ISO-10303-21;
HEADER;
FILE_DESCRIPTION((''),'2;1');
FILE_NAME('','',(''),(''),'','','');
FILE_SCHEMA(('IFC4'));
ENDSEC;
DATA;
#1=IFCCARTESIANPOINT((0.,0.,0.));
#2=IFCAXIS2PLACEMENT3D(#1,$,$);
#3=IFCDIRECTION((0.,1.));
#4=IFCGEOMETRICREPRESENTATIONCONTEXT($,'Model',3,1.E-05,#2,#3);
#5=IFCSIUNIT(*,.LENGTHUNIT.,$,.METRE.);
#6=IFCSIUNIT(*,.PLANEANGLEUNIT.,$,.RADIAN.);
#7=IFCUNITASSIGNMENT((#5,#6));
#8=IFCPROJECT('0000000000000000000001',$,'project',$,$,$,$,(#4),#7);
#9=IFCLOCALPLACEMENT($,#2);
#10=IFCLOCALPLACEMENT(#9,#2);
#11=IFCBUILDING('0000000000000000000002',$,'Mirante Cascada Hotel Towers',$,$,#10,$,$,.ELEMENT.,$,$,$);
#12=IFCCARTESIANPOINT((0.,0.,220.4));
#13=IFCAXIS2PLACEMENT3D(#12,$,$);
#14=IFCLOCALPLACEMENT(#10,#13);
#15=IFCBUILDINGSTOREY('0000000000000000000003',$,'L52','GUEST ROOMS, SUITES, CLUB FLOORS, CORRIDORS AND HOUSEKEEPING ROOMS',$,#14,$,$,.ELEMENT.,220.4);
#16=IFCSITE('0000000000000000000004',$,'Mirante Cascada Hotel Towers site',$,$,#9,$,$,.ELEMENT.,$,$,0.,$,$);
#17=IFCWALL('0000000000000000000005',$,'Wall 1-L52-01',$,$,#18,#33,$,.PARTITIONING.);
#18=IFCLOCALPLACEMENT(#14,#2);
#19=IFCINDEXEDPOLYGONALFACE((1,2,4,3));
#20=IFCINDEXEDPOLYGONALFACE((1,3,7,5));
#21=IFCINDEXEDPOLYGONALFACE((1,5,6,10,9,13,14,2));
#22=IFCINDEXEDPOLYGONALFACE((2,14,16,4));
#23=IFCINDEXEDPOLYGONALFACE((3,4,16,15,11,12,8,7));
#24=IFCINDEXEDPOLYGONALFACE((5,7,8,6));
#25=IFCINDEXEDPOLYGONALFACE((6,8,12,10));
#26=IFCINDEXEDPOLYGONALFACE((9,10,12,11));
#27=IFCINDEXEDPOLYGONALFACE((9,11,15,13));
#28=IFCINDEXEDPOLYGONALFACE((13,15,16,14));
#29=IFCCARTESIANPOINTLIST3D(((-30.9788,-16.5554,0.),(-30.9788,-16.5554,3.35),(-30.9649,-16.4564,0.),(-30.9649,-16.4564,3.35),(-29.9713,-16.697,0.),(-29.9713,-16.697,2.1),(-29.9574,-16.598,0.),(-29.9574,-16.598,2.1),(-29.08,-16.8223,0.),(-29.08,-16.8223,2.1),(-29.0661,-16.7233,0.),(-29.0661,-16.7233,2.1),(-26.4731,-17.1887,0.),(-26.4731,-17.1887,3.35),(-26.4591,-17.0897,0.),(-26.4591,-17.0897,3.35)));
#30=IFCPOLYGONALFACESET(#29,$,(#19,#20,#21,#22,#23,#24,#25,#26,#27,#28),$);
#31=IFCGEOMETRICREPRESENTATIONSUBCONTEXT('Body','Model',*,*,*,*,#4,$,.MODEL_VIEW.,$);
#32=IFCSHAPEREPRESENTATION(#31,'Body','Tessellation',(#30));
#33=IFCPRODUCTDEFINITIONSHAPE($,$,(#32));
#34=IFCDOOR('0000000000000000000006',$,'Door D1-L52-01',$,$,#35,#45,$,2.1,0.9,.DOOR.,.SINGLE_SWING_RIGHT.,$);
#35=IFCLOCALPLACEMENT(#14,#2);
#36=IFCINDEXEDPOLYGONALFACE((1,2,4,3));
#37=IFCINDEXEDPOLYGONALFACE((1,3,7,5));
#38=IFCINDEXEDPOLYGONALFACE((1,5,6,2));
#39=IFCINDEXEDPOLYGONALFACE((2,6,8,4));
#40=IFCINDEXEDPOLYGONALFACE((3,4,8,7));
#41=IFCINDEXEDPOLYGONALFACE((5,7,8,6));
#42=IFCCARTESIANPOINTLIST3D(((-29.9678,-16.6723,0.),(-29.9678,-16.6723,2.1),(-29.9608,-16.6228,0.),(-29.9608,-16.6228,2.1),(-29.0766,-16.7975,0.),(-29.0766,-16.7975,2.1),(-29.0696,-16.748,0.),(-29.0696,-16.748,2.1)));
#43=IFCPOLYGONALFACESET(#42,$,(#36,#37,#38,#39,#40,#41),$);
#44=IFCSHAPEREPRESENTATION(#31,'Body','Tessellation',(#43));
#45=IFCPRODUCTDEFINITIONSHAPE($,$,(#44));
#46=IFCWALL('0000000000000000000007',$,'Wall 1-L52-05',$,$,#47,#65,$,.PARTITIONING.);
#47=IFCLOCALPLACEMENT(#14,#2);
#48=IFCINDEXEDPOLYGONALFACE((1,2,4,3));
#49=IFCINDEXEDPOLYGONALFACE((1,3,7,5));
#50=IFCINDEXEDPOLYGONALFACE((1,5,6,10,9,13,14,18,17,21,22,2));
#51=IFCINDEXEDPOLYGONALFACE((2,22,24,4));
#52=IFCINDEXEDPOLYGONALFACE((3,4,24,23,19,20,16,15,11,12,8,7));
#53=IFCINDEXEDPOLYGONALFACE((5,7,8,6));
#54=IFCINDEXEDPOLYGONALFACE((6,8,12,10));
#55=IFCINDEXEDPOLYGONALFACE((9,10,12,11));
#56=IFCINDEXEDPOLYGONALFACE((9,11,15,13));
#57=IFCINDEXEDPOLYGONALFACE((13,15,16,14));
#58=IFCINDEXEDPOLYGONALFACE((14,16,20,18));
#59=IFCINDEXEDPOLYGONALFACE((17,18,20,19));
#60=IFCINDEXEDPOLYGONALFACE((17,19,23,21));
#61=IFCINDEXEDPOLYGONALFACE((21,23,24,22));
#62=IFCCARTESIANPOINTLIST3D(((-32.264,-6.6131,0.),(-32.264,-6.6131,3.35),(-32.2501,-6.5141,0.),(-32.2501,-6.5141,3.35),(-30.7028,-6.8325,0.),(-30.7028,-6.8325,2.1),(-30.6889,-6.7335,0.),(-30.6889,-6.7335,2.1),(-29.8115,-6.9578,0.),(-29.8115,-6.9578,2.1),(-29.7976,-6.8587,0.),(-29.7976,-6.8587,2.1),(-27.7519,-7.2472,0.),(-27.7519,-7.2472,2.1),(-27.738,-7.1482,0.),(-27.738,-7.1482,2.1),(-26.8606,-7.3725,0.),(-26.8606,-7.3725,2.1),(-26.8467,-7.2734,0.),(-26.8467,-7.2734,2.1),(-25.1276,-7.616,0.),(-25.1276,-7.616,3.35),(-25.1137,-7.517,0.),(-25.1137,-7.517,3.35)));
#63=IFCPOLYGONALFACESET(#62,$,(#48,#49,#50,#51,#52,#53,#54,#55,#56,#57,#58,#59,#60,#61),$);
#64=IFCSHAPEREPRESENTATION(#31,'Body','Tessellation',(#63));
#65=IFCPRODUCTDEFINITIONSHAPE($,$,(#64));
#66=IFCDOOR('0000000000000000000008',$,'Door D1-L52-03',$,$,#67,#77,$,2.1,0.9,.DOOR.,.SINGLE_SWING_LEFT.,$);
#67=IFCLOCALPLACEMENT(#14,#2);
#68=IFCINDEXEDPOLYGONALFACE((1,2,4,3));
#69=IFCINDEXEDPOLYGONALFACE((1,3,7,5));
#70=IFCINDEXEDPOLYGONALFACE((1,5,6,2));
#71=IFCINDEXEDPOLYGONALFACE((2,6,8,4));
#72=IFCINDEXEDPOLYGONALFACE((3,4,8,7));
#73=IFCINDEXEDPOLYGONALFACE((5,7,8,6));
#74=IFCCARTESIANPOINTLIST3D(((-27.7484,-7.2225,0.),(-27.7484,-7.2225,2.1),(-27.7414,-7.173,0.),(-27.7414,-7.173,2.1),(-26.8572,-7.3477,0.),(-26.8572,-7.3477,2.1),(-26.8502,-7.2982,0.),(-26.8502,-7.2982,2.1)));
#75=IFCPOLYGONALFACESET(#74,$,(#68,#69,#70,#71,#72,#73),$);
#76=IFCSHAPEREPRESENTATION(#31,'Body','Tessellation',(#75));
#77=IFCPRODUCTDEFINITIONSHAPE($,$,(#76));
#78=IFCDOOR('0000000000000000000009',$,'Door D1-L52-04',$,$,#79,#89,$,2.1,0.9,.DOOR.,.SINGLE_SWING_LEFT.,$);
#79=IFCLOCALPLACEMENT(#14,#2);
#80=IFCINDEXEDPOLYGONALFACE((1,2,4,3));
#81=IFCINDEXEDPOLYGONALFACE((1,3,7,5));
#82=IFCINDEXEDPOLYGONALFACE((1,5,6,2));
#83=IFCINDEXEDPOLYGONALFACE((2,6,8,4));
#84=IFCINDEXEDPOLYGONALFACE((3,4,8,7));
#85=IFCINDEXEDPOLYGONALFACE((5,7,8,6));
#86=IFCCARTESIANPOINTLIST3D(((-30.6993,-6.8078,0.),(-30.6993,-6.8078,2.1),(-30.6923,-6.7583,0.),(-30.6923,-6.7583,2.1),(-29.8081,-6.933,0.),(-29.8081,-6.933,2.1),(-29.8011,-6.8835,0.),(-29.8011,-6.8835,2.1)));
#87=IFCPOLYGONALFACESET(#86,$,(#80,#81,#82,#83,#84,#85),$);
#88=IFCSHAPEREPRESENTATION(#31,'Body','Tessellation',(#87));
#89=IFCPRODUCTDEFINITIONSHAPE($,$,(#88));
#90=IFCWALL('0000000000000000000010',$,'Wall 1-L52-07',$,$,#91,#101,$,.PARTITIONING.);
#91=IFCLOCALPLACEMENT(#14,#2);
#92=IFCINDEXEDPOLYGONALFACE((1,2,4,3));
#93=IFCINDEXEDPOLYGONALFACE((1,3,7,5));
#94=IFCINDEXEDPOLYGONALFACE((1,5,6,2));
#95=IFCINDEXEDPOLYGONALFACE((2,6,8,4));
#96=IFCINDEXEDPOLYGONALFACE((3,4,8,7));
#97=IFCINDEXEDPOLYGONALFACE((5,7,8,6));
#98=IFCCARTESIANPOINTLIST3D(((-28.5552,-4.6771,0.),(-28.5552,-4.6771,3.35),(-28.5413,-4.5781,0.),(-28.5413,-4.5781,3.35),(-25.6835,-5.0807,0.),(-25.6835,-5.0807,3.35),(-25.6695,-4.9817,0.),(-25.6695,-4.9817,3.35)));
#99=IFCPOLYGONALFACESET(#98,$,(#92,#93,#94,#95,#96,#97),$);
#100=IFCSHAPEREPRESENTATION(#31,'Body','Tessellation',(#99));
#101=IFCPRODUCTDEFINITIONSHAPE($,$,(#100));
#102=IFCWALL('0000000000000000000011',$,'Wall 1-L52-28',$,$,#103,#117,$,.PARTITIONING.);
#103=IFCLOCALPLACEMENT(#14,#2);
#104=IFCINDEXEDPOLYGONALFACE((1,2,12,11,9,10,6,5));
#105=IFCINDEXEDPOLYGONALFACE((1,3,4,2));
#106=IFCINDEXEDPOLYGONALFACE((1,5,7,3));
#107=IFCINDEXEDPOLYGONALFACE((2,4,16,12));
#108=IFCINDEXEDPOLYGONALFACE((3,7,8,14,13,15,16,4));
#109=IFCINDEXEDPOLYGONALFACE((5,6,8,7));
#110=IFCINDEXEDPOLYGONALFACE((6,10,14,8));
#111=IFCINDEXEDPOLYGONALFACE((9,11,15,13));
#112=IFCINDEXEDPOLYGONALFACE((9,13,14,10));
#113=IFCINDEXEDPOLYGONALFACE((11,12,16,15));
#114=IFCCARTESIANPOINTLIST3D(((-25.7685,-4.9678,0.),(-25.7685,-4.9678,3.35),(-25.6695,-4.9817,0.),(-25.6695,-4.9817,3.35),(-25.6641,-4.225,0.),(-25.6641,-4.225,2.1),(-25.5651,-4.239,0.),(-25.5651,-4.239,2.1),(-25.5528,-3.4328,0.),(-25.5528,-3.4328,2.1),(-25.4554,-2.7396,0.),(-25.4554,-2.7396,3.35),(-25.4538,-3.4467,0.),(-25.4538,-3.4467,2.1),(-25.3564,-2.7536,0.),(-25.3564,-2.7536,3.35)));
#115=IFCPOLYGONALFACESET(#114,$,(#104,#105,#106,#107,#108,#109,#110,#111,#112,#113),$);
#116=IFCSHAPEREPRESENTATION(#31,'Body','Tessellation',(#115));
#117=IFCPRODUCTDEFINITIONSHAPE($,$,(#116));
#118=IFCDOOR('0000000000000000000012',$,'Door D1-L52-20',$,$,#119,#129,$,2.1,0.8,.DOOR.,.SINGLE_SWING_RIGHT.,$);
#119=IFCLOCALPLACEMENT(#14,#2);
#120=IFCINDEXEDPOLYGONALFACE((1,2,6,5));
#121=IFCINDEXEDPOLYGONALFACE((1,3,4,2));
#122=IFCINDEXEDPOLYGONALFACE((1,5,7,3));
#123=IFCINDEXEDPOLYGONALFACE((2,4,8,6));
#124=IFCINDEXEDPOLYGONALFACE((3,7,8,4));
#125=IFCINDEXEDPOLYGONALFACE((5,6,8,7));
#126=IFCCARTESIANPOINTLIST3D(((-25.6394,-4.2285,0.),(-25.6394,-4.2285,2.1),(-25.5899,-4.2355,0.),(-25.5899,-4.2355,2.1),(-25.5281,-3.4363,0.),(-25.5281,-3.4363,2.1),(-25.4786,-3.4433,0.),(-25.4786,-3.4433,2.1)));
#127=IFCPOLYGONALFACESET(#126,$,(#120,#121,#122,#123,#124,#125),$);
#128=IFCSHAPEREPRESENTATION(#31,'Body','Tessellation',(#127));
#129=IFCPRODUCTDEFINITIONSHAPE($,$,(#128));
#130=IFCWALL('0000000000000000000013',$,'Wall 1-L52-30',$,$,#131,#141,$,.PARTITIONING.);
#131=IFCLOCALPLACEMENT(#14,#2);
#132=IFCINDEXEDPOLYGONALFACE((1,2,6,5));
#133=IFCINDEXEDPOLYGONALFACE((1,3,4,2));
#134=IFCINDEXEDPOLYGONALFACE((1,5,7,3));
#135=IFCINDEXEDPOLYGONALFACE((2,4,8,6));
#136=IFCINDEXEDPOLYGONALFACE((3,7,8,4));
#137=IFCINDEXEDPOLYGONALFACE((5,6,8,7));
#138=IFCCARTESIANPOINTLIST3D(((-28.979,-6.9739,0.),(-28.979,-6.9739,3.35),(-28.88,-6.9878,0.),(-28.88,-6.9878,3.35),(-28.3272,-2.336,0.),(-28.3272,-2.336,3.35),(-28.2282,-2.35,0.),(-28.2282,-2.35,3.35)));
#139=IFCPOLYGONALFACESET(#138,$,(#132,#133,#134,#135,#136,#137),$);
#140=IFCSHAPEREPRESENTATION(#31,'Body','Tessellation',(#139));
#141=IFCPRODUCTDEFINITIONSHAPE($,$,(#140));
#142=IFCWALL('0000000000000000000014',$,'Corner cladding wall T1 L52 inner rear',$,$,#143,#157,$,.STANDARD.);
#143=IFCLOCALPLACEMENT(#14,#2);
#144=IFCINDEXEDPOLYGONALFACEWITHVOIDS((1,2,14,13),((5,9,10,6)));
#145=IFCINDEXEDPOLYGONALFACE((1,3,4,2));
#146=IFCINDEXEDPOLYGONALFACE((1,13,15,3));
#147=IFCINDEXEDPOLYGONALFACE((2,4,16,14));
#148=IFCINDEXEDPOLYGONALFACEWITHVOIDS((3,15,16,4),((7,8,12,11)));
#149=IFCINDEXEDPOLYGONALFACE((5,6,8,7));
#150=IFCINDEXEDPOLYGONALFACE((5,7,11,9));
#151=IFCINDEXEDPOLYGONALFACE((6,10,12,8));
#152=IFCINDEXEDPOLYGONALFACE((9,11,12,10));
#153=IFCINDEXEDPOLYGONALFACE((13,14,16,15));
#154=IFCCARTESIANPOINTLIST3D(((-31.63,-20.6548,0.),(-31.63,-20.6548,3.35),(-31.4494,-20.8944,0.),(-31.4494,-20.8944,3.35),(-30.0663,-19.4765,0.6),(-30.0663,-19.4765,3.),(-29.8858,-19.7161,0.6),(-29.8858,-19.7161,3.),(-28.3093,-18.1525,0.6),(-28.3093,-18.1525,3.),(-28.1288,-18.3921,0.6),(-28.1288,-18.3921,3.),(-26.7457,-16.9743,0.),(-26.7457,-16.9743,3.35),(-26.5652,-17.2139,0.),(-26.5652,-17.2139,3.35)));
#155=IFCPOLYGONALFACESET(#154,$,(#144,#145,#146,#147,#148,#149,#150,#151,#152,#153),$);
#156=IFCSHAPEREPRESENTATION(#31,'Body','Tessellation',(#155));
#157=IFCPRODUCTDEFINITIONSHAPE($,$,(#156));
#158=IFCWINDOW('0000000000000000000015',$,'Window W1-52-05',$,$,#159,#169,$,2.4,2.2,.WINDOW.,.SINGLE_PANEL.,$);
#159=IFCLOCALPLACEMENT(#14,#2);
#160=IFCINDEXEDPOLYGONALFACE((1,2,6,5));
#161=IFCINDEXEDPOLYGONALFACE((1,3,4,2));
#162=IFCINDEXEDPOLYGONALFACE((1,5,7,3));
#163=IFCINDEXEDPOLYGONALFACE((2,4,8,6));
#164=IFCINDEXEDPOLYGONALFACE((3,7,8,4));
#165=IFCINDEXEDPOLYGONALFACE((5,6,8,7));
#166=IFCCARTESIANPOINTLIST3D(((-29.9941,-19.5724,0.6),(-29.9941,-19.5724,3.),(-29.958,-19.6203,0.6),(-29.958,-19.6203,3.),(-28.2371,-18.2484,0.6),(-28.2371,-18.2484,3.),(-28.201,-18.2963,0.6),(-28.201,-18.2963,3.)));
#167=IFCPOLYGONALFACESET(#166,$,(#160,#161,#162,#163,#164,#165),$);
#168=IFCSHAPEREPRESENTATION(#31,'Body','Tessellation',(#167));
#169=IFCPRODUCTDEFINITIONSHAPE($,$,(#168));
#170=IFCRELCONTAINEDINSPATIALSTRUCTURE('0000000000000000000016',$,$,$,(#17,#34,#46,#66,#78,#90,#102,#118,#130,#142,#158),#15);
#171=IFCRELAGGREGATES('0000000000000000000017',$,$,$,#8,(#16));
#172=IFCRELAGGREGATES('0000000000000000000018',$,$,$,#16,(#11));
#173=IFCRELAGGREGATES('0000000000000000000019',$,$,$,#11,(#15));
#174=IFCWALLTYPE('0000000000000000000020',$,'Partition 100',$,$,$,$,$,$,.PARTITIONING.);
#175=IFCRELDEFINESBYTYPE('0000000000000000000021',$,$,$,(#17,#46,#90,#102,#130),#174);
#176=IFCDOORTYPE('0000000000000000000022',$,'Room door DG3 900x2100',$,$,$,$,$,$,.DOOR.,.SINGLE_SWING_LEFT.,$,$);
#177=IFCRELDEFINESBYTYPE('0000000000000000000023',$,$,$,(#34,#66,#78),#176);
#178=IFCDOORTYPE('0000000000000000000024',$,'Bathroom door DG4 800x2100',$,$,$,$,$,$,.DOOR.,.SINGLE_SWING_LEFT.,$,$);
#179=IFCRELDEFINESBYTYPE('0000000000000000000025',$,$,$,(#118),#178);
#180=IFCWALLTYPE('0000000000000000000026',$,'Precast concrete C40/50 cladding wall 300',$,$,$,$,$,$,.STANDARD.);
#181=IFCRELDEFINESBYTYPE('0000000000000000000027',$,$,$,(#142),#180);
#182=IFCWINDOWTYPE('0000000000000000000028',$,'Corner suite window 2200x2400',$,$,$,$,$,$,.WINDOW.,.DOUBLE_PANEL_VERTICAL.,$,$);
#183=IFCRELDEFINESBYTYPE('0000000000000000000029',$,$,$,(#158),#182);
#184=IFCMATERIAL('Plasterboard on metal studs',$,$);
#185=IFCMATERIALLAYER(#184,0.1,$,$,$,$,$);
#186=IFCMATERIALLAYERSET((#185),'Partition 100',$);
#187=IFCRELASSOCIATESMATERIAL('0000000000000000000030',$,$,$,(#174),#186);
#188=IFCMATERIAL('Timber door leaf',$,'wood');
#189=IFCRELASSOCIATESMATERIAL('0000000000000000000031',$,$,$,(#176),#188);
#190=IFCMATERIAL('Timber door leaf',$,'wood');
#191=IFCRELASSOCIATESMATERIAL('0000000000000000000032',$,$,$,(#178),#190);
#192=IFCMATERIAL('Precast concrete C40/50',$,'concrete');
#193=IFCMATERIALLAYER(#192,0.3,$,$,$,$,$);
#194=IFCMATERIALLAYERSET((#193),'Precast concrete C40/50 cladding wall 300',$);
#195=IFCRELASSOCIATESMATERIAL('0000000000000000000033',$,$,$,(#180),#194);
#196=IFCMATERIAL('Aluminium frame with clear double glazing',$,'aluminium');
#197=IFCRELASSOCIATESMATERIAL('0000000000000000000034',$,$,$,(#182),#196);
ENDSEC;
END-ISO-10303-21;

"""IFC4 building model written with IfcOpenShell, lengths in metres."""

from ifc_helpers import new_model, si_unit, direction, frame, frame_2d, origin, place, context, subcontext, project, spatial, rectangle, extrude, material, layer, layer_set, type_object, element, fill, save


model = new_model("IFC4")

# Units and contexts
model_context = context("Model", 3, precision=1e-05, world=origin(), true_north=direction((0.0, 1.0)))
body_context = subcontext(model_context, "Body", "Model", "MODEL_VIEW")
ifc_project = project(units=[si_unit("LENGTHUNIT", "METRE"), si_unit("PLANEANGLEUNIT", "RADIAN")], contexts=[model_context])

# Site, building, storey
site_placement = place(None, origin())
site = spatial("IfcSite", under=ifc_project, at=site_placement, Name="Mirante Cascada Hotel Towers site", CompositionType="ELEMENT", RefElevation=0.0)
building_placement = place(site_placement, origin())
building = spatial("IfcBuilding", under=site, at=building_placement, Name="Mirante Cascada Hotel Towers", CompositionType="ELEMENT")
storey_placement = place(building_placement, frame((0.0, 0.0, 220.4)))
storey = spatial("IfcBuildingStorey", under=building, at=storey_placement, Name="L52", Description="GUEST ROOMS, SUITES, CLUB FLOORS, CORRIDORS AND HOUSEKEEPING ROOMS", CompositionType="ELEMENT", Elevation=220.4)

# Wall, opening, door
ifc_material_1 = material(Name="Plasterboard on metal studs")
ifc_layer_1 = layer(ifc_material_1, 0.1)
ifc_layer_set_1 = layer_set([ifc_layer_1], Name="Partition 100")
wall_type_1 = type_object("IfcWallType", Name="Partition 100", PredefinedType="PARTITIONING", material=ifc_layer_set_1)
wall_1_placement = place(storey_placement, frame((-26.4661, -17.1392, 0.0), z_axis=(0.0, 0.0, 1.0), x_axis=(-0.990266, 0.139187, 0.0)))
wall_1 = element("IfcWall", 1, at=wall_1_placement, inside=storey, type_object=wall_type_1, Name="Wall 1-L52-01", PredefinedType="PARTITIONING", context=body_context, shape_type="SweptSolid", body=[
    extrude(rectangle(XDim=4.55, YDim=0.1, at=frame_2d((2.275, 0.0))), origin(), (0.0, 0.0, 1.0), 3.35),
])
opening_1_placement = place(wall_1_placement, frame((2.6326, 0.0, 0.0)))
opening_1 = element("IfcOpeningElement", 2, at=opening_1_placement, cuts=wall_1, PredefinedType="OPENING", context=body_context, shape_type="SweptSolid", body=[
    extrude(rectangle(XDim=0.9, YDim=2.1, at=frame_2d((0.45, 1.05))), frame((0.0, 0.05, 0.0), z_axis=(0.0, -1.0, 0.0), x_axis=(1.0, 0.0, 0.0)), (0.0, 0.0, 1.0), 0.1),
])
ifc_material_2 = material(Name="Timber door leaf", Category="wood")
door_type_1 = type_object("IfcDoorType", Name="Room door DG3 900x2100", OperationType="SINGLE_SWING_LEFT", PredefinedType="DOOR", material=ifc_material_2)
door_1_placement = place(opening_1_placement, frame((0.9, 0.0, 0.0), z_axis=(0.0, 0.0, 1.0), x_axis=(-1.0, 0.0, 0.0)))
door_1 = element("IfcDoor", 3, at=door_1_placement, inside=storey, type_object=door_type_1, Name="Door D1-L52-01", OperationType="SINGLE_SWING_RIGHT", OverallHeight=2.1, OverallWidth=0.9, PredefinedType="DOOR", context=body_context, shape_type="SweptSolid", body=[
    extrude(rectangle(XDim=0.9, YDim=2.1, at=frame_2d((0.45, 1.05))), frame((0.0, 0.025, 0.0), z_axis=(0.0, -1.0, 0.0), x_axis=(1.0, 0.0, 0.0)), (0.0, 0.0, 1.0), 0.05),
])
fill(opening_1, door_1)

# Wall, openings, doors
wall_2_placement = place(storey_placement, frame((-25.1207, -7.5665, 0.0), z_axis=(0.0, 0.0, 1.0), x_axis=(-0.990269, 0.139165, 0.0)))
wall_2 = element("IfcWall", 4, at=wall_2_placement, inside=storey, type_object=wall_type_1, Name="Wall 1-L52-05", PredefinedType="PARTITIONING", context=body_context, shape_type="SweptSolid", body=[
    extrude(rectangle(XDim=7.2065, YDim=0.1, at=frame_2d((3.6032, 0.0))), origin(), (0.0, 0.0, 1.0), 3.35),
])
opening_2_placement = place(wall_2_placement, frame((1.75, 0.0, 0.0)))
opening_2 = element("IfcOpeningElement", 5, at=opening_2_placement, cuts=wall_2, PredefinedType="OPENING", context=body_context, shape_type="SweptSolid", body=[
    extrude(rectangle(XDim=0.9, YDim=2.1, at=frame_2d((0.45, 1.05))), frame((0.0, 0.05, 0.0), z_axis=(0.0, -1.0, 0.0), x_axis=(1.0, 0.0, 0.0)), (0.0, 0.0, 1.0), 0.1),
])
opening_3_placement = place(wall_2_placement, frame((4.7299, 0.0, 0.0)))
opening_3 = element("IfcOpeningElement", 6, at=opening_3_placement, cuts=wall_2, PredefinedType="OPENING", context=body_context, shape_type="SweptSolid", body=[
    extrude(rectangle(XDim=0.9, YDim=2.1, at=frame_2d((0.45, 1.05))), frame((0.0, 0.05, 0.0), z_axis=(0.0, -1.0, 0.0), x_axis=(1.0, 0.0, 0.0)), (0.0, 0.0, 1.0), 0.1),
])
door_2_placement = place(opening_2_placement, origin())
door_2 = element("IfcDoor", 7, at=door_2_placement, inside=storey, type_object=door_type_1, Name="Door D1-L52-03", OperationType="SINGLE_SWING_LEFT", OverallHeight=2.1, OverallWidth=0.9, PredefinedType="DOOR", context=body_context, shape_type="SweptSolid", body=[
    extrude(rectangle(XDim=0.9, YDim=2.1, at=frame_2d((0.45, 1.05))), frame((0.0, 0.025, 0.0), z_axis=(0.0, -1.0, 0.0), x_axis=(1.0, 0.0, 0.0)), (0.0, 0.0, 1.0), 0.05),
])
fill(opening_2, door_2)
door_3_placement = place(opening_3_placement, origin())
door_3 = element("IfcDoor", 8, at=door_3_placement, inside=storey, type_object=door_type_1, Name="Door D1-L52-04", OperationType="SINGLE_SWING_LEFT", OverallHeight=2.1, OverallWidth=0.9, PredefinedType="DOOR", context=body_context, shape_type="SweptSolid", body=[
    extrude(rectangle(XDim=0.9, YDim=2.1, at=frame_2d((0.45, 1.05))), frame((0.0, 0.025, 0.0), z_axis=(0.0, -1.0, 0.0), x_axis=(1.0, 0.0, 0.0)), (0.0, 0.0, 1.0), 0.05),
])
fill(opening_3, door_3)

# Wall
wall_3_placement = place(storey_placement, frame((-25.6765, -5.0312, 0.0), z_axis=(0.0, 0.0, 1.0), x_axis=(-0.990268, 0.139171, 0.0)))
element("IfcWall", 9, at=wall_3_placement, inside=storey, type_object=wall_type_1, Name="Wall 1-L52-07", PredefinedType="PARTITIONING", context=body_context, shape_type="SweptSolid", body=[
    extrude(rectangle(XDim=2.9, YDim=0.1, at=frame_2d((1.45, 0.0))), origin(), (0.0, 0.0, 1.0), 3.35),
])

# Wall, opening, door
wall_4_placement = place(storey_placement, frame((-25.4059, -2.7466, 0.0), z_axis=(0.0, 0.0, 1.0), x_axis=(-0.139156, -0.990271, 0.0)))
wall_4 = element("IfcWall", 10, at=wall_4_placement, inside=storey, type_object=wall_type_1, Name="Wall 1-L52-28", PredefinedType="PARTITIONING", context=body_context, shape_type="SweptSolid", body=[
    extrude(rectangle(XDim=2.25, YDim=0.1, at=frame_2d((1.125, 0.0))), origin(), (0.0, 0.0, 1.0), 3.35),
])
opening_4_placement = place(wall_4_placement, frame((0.7, 0.0, 0.0)))
opening_4 = element("IfcOpeningElement", 11, at=opening_4_placement, cuts=wall_4, PredefinedType="OPENING", context=body_context, shape_type="SweptSolid", body=[
    extrude(rectangle(XDim=0.8, YDim=2.1, at=frame_2d((0.4, 1.05))), frame((0.0, 0.05, 0.0), z_axis=(0.0, -1.0, 0.0), x_axis=(1.0, 0.0, 0.0)), (0.0, 0.0, 1.0), 0.1),
])
ifc_material_3 = material(Name="Timber door leaf", Category="wood")
door_type_2 = type_object("IfcDoorType", Name="Bathroom door DG4 800x2100", OperationType="SINGLE_SWING_LEFT", PredefinedType="DOOR", material=ifc_material_3)
door_4_placement = place(opening_4_placement, frame((0.8, 0.0, 0.0), z_axis=(0.0, 0.0, 1.0), x_axis=(-1.0, 0.0, 0.0)))
door_4 = element("IfcDoor", 12, at=door_4_placement, inside=storey, type_object=door_type_2, Name="Door D1-L52-20", OperationType="SINGLE_SWING_RIGHT", OverallHeight=2.1, OverallWidth=0.8, PredefinedType="DOOR", context=body_context, shape_type="SweptSolid", body=[
    extrude(rectangle(XDim=0.8, YDim=2.1, at=frame_2d((0.4, 1.05))), frame((0.0, 0.025, 0.0), z_axis=(0.0, -1.0, 0.0), x_axis=(1.0, 0.0, 0.0)), (0.0, 0.0, 1.0), 0.05),
])
fill(opening_4, door_4)

# Wall
wall_5_placement = place(storey_placement, frame((-28.2777, -2.343, 0.0), z_axis=(0.0, 0.0, 1.0), x_axis=(-0.139173, -0.990268, 0.0)))
element("IfcWall", 13, at=wall_5_placement, inside=storey, type_object=wall_type_1, Name="Wall 1-L52-30", PredefinedType="PARTITIONING", context=body_context, shape_type="SweptSolid", body=[
    extrude(rectangle(XDim=4.6834, YDim=0.1, at=frame_2d((2.3417, 0.0))), origin(), (0.0, 0.0, 1.0), 3.35),
])

# Wall, opening, window
ifc_material_4 = material(Name="Precast concrete C40/50", Category="concrete")
ifc_layer_2 = layer(ifc_material_4, 0.3)
ifc_layer_set_2 = layer_set([ifc_layer_2], Name="Precast concrete C40/50 cladding wall 300")
wall_type_2 = type_object("IfcWallType", Name="Precast concrete C40/50 cladding wall 300", PredefinedType="STANDARD", material=ifc_layer_set_2)
wall_6_placement = place(storey_placement, frame((-26.6555, -17.0941, 0.0), z_axis=(0.0, 0.0, 1.0), x_axis=(-0.798636, -0.601814, 0.0)))
wall_6 = element("IfcWall", 14, at=wall_6_placement, inside=storey, type_object=wall_type_2, Name="Corner cladding wall T1 L52 inner rear", PredefinedType="STANDARD", context=body_context, shape_type="SweptSolid", body=[
    extrude(rectangle(XDim=6.1157, YDim=0.3, at=frame_2d((3.0578, 0.0))), origin(), (0.0, 0.0, 1.0), 3.35),
])
opening_5_placement = place(wall_6_placement, frame((1.9578, 0.0, 0.6)))
opening_5 = element("IfcOpeningElement", 15, at=opening_5_placement, cuts=wall_6, PredefinedType="OPENING", context=body_context, shape_type="SweptSolid", body=[
    extrude(rectangle(XDim=2.2, YDim=2.4, at=frame_2d((1.1, 1.2))), frame((0.0, 0.15, 0.0), z_axis=(0.0, -1.0, 0.0), x_axis=(1.0, 0.0, 0.0)), (0.0, 0.0, 1.0), 0.3),
])
ifc_material_5 = material(Name="Aluminium frame with clear double glazing", Category="aluminium")
window_type = type_object("IfcWindowType", Name="Corner suite window 2200x2400", PartitioningType="DOUBLE_PANEL_VERTICAL", PredefinedType="WINDOW", material=ifc_material_5)
window_placement = place(opening_5_placement, origin())
window = element("IfcWindow", 16, at=window_placement, inside=storey, type_object=window_type, Name="Window W1-52-05", OverallHeight=2.4, OverallWidth=2.2, PartitioningType="SINGLE_PANEL", PredefinedType="WINDOW", context=body_context, shape_type="SweptSolid", body=[
    extrude(rectangle(XDim=2.2, YDim=2.4, at=frame_2d((1.1, 1.2))), frame((0.0, 0.03, 0.0), z_axis=(0.0, -1.0, 0.0), x_axis=(1.0, 0.0, 0.0)), (0.0, 0.0, 1.0), 0.06),
])
fill(opening_5, window)

save(model, "model.ifc")
